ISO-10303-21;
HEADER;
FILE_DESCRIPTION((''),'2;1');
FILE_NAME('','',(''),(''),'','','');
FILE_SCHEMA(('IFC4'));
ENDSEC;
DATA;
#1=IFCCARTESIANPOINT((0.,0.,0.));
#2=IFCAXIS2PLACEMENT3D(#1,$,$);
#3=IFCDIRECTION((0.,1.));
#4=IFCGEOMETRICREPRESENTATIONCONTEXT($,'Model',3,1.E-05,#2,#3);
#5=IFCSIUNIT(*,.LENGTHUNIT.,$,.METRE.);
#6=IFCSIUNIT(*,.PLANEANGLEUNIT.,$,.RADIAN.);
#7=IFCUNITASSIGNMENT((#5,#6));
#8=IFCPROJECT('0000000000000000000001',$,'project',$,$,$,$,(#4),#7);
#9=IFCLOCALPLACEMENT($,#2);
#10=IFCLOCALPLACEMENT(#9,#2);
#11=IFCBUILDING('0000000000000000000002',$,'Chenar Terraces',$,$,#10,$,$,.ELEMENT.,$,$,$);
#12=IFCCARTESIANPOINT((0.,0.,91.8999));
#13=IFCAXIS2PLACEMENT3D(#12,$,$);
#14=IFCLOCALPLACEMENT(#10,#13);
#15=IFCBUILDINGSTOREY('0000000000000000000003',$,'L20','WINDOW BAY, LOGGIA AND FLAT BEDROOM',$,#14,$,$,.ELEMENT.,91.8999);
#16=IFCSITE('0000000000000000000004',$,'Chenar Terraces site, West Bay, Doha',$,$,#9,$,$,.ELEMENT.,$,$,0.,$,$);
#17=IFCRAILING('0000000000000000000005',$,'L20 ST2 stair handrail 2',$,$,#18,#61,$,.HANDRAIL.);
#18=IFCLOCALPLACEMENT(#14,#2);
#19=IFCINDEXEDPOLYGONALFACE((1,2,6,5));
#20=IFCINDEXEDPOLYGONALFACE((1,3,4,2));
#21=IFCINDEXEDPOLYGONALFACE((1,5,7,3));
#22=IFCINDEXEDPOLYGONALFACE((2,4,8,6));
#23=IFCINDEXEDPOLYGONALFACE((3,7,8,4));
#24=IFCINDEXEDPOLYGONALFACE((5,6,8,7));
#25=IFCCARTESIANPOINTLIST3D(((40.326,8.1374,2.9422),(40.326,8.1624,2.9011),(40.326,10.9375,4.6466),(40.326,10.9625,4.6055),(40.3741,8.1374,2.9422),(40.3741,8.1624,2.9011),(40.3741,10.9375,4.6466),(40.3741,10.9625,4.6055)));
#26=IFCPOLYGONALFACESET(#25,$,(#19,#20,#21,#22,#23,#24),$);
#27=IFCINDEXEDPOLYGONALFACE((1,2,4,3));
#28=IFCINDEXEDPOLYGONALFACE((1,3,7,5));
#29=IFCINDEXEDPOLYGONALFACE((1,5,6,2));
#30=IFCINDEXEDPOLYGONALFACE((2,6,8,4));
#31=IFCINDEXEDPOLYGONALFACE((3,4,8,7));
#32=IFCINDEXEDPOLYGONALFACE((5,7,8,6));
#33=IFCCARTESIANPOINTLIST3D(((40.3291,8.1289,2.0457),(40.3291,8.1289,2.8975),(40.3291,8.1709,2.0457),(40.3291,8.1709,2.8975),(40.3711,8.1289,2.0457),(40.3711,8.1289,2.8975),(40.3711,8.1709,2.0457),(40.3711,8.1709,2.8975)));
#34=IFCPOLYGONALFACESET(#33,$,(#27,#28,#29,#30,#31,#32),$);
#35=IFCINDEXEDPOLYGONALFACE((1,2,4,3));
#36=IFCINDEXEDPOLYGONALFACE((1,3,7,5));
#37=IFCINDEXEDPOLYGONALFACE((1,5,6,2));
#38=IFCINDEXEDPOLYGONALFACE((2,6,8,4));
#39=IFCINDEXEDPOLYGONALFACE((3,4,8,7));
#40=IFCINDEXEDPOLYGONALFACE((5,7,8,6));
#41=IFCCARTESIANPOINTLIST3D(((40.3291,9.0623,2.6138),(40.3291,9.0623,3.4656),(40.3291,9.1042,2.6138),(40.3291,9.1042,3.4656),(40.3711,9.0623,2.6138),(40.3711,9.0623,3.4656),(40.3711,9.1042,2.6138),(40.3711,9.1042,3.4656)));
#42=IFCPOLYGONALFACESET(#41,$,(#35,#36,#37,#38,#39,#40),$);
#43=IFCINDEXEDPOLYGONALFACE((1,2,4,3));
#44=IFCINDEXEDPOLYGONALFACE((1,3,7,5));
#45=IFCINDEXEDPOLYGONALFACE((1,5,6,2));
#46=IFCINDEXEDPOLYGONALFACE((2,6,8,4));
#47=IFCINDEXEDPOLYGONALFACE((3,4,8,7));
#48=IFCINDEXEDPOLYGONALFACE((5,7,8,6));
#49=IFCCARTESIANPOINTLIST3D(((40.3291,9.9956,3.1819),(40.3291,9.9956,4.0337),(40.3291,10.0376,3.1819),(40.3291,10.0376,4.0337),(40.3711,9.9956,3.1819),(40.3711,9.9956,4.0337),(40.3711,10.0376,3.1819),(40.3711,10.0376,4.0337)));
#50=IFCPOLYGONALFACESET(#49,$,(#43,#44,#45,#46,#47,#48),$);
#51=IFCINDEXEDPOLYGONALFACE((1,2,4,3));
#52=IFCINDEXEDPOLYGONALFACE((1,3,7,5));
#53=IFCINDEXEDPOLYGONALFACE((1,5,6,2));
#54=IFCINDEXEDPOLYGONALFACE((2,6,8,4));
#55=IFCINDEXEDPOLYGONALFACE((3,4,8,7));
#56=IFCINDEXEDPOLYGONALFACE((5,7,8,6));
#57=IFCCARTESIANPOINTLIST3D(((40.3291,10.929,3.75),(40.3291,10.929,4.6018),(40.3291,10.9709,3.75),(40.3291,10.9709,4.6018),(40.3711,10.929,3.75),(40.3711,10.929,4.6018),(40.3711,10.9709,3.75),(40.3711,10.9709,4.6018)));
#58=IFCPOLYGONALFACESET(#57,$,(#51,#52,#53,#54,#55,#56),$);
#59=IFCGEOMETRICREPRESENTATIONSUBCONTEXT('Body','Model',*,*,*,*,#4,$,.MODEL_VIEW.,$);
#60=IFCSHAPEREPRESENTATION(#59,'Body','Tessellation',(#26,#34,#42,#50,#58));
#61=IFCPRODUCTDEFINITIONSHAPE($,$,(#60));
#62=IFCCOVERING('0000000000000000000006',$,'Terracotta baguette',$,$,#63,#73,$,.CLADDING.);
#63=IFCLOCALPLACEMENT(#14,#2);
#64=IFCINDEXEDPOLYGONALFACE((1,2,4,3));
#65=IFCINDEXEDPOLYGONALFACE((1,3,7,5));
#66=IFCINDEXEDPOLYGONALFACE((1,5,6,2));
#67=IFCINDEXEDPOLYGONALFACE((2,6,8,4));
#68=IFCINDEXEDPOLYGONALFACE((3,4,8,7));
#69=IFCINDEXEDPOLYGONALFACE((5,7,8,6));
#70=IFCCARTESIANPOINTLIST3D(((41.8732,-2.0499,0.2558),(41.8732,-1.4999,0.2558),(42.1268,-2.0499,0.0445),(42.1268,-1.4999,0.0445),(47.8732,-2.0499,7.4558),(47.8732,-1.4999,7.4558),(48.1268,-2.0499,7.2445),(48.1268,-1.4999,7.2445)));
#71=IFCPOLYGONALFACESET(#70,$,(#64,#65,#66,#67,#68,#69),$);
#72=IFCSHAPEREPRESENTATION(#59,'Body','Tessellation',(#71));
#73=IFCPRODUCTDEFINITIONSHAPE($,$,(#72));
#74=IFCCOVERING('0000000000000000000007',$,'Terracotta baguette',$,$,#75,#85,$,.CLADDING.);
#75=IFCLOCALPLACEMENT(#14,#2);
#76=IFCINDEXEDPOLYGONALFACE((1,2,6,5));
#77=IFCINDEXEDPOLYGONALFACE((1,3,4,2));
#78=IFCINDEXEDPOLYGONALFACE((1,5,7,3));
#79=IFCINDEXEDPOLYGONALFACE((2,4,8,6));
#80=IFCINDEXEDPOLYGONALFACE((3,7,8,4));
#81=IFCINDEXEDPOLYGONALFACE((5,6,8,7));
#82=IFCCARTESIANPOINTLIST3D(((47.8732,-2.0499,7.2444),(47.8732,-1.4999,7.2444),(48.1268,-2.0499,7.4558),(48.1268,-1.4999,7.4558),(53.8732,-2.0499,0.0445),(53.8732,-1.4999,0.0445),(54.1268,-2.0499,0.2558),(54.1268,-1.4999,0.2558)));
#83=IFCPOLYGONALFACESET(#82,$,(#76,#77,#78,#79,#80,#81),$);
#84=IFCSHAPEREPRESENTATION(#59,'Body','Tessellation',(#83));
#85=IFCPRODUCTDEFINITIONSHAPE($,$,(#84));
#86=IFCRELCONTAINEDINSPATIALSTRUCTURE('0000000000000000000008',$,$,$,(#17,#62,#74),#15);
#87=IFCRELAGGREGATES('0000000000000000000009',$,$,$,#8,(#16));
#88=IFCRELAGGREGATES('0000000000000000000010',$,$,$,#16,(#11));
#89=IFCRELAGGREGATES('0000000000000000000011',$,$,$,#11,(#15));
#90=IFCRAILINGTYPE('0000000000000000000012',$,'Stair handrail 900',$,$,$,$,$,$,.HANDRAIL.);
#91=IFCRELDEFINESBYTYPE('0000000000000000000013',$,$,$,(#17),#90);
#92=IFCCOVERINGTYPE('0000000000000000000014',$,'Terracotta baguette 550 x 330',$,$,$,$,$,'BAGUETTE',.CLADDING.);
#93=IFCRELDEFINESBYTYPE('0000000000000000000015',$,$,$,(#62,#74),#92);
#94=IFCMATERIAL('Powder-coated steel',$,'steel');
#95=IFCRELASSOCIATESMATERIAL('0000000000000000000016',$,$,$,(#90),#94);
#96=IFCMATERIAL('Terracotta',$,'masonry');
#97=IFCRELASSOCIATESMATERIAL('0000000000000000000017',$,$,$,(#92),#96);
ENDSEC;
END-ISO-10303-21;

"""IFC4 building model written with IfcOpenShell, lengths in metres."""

from ifc_helpers import new_model, si_unit, direction, frame, origin, origin_2d, place, context, subcontext, project, spatial, rectangle, extrude, material, material_profile, profile_set, type_object, element, save


model = new_model("IFC4")

# Units and contexts
model_context = context("Model", 3, precision=1e-05, world=origin(), true_north=direction((0.0, 1.0)))
body_context = subcontext(model_context, "Body", "Model", "MODEL_VIEW")
ifc_project = project(units=[si_unit("LENGTHUNIT", "METRE"), si_unit("PLANEANGLEUNIT", "RADIAN")], contexts=[model_context])

# Site, building, storey
site_placement = place(None, origin())
site = spatial("IfcSite", under=ifc_project, at=site_placement, Name="Chenar Terraces site, West Bay, Doha", CompositionType="ELEMENT", RefElevation=0.0)
building_placement = place(site_placement, origin())
building = spatial("IfcBuilding", under=site, at=building_placement, Name="Chenar Terraces", CompositionType="ELEMENT")
storey_placement = place(building_placement, frame((0.0, 0.0, 91.8999)))
storey = spatial("IfcBuildingStorey", under=building, at=storey_placement, Name="L20", Description="WINDOW BAY, LOGGIA AND FLAT BEDROOM", CompositionType="ELEMENT", Elevation=91.8999)

# Railing
ifc_material_1 = material(Name="Powder-coated steel", Category="steel")
railing_type_1 = type_object("IfcRailingType", Name="Stair handrail 900", PredefinedType="HANDRAIL", material=ifc_material_1)
railing_1_placement = place(storey_placement, frame((40.3501, 8.1499, 2.0457)))
element("IfcRailing", 1, at=railing_1_placement, inside=storey, type_object=railing_type_1, Name="L20 ST2 stair handrail 2", PredefinedType="HANDRAIL", context=body_context, shape_type="SweptSolid", body=[
    extrude(rectangle(XDim=0.0481, YDim=0.0481, at=origin_2d()), frame((0.0, 0.0, 0.876), z_axis=(0.0, 0.854203, 0.51994), x_axis=(-1.0, 0.0, 0.0)), (0.0, 0.0, 1.0), 3.2781),
    extrude(rectangle(XDim=0.042, YDim=0.042, at=origin_2d()), origin(), (0.0, 0.0, 1.0), 0.8518),
    extrude(rectangle(XDim=0.042, YDim=0.042, at=origin_2d()), frame((0.0, 0.9333, 0.5681)), (0.0, 0.0, 1.0), 0.8518),
    extrude(rectangle(XDim=0.042, YDim=0.042, at=origin_2d()), frame((0.0, 1.8667, 1.1362)), (0.0, 0.0, 1.0), 0.8518),
    extrude(rectangle(XDim=0.042, YDim=0.042, at=origin_2d()), frame((0.0, 2.8, 1.7043)), (0.0, 0.0, 1.0), 0.8518),
])

# Coverings
ifc_material_2 = material(Name="Terracotta", Category="masonry")
ifc_material_profile_1 = material_profile(ifc_material_2, rectangle(XDim=0.55, YDim=0.3301, at=origin_2d()), Name="Terracotta baguette 550 x 330")
ifc_profile_set_1 = profile_set([ifc_material_profile_1], Name="Terracotta")
covering_type = type_object("IfcCoveringType", Name="Terracotta baguette 550 x 330", ElementType="BAGUETTE", PredefinedType="CLADDING", material=ifc_profile_set_1)
for number, where, z_axis, x_axis, name in (
    (2, (42.0, -1.7749, 0.1501), (0.640187, 0.0, 0.768219), (0.0, 1.0, 0.0), "Terracotta baguette"),
    (3, (48.0, -1.7749, 7.3501), (0.640187, 0.0, -0.768219), (0.0, 1.0, 0.0), "Terracotta baguette"),
):
    element("IfcCovering", number, at=place(storey_placement, frame(where, z_axis=z_axis, x_axis=x_axis)), inside=storey, type_object=covering_type, Name=name, PredefinedType="CLADDING", context=body_context, shape_type="SweptSolid", body=[
        extrude(rectangle(XDim=0.55, YDim=0.3301, at=origin_2d()), origin(), (0.0, 0.0, 1.0), 9.3723),
    ])

save(model, "model.ifc")
